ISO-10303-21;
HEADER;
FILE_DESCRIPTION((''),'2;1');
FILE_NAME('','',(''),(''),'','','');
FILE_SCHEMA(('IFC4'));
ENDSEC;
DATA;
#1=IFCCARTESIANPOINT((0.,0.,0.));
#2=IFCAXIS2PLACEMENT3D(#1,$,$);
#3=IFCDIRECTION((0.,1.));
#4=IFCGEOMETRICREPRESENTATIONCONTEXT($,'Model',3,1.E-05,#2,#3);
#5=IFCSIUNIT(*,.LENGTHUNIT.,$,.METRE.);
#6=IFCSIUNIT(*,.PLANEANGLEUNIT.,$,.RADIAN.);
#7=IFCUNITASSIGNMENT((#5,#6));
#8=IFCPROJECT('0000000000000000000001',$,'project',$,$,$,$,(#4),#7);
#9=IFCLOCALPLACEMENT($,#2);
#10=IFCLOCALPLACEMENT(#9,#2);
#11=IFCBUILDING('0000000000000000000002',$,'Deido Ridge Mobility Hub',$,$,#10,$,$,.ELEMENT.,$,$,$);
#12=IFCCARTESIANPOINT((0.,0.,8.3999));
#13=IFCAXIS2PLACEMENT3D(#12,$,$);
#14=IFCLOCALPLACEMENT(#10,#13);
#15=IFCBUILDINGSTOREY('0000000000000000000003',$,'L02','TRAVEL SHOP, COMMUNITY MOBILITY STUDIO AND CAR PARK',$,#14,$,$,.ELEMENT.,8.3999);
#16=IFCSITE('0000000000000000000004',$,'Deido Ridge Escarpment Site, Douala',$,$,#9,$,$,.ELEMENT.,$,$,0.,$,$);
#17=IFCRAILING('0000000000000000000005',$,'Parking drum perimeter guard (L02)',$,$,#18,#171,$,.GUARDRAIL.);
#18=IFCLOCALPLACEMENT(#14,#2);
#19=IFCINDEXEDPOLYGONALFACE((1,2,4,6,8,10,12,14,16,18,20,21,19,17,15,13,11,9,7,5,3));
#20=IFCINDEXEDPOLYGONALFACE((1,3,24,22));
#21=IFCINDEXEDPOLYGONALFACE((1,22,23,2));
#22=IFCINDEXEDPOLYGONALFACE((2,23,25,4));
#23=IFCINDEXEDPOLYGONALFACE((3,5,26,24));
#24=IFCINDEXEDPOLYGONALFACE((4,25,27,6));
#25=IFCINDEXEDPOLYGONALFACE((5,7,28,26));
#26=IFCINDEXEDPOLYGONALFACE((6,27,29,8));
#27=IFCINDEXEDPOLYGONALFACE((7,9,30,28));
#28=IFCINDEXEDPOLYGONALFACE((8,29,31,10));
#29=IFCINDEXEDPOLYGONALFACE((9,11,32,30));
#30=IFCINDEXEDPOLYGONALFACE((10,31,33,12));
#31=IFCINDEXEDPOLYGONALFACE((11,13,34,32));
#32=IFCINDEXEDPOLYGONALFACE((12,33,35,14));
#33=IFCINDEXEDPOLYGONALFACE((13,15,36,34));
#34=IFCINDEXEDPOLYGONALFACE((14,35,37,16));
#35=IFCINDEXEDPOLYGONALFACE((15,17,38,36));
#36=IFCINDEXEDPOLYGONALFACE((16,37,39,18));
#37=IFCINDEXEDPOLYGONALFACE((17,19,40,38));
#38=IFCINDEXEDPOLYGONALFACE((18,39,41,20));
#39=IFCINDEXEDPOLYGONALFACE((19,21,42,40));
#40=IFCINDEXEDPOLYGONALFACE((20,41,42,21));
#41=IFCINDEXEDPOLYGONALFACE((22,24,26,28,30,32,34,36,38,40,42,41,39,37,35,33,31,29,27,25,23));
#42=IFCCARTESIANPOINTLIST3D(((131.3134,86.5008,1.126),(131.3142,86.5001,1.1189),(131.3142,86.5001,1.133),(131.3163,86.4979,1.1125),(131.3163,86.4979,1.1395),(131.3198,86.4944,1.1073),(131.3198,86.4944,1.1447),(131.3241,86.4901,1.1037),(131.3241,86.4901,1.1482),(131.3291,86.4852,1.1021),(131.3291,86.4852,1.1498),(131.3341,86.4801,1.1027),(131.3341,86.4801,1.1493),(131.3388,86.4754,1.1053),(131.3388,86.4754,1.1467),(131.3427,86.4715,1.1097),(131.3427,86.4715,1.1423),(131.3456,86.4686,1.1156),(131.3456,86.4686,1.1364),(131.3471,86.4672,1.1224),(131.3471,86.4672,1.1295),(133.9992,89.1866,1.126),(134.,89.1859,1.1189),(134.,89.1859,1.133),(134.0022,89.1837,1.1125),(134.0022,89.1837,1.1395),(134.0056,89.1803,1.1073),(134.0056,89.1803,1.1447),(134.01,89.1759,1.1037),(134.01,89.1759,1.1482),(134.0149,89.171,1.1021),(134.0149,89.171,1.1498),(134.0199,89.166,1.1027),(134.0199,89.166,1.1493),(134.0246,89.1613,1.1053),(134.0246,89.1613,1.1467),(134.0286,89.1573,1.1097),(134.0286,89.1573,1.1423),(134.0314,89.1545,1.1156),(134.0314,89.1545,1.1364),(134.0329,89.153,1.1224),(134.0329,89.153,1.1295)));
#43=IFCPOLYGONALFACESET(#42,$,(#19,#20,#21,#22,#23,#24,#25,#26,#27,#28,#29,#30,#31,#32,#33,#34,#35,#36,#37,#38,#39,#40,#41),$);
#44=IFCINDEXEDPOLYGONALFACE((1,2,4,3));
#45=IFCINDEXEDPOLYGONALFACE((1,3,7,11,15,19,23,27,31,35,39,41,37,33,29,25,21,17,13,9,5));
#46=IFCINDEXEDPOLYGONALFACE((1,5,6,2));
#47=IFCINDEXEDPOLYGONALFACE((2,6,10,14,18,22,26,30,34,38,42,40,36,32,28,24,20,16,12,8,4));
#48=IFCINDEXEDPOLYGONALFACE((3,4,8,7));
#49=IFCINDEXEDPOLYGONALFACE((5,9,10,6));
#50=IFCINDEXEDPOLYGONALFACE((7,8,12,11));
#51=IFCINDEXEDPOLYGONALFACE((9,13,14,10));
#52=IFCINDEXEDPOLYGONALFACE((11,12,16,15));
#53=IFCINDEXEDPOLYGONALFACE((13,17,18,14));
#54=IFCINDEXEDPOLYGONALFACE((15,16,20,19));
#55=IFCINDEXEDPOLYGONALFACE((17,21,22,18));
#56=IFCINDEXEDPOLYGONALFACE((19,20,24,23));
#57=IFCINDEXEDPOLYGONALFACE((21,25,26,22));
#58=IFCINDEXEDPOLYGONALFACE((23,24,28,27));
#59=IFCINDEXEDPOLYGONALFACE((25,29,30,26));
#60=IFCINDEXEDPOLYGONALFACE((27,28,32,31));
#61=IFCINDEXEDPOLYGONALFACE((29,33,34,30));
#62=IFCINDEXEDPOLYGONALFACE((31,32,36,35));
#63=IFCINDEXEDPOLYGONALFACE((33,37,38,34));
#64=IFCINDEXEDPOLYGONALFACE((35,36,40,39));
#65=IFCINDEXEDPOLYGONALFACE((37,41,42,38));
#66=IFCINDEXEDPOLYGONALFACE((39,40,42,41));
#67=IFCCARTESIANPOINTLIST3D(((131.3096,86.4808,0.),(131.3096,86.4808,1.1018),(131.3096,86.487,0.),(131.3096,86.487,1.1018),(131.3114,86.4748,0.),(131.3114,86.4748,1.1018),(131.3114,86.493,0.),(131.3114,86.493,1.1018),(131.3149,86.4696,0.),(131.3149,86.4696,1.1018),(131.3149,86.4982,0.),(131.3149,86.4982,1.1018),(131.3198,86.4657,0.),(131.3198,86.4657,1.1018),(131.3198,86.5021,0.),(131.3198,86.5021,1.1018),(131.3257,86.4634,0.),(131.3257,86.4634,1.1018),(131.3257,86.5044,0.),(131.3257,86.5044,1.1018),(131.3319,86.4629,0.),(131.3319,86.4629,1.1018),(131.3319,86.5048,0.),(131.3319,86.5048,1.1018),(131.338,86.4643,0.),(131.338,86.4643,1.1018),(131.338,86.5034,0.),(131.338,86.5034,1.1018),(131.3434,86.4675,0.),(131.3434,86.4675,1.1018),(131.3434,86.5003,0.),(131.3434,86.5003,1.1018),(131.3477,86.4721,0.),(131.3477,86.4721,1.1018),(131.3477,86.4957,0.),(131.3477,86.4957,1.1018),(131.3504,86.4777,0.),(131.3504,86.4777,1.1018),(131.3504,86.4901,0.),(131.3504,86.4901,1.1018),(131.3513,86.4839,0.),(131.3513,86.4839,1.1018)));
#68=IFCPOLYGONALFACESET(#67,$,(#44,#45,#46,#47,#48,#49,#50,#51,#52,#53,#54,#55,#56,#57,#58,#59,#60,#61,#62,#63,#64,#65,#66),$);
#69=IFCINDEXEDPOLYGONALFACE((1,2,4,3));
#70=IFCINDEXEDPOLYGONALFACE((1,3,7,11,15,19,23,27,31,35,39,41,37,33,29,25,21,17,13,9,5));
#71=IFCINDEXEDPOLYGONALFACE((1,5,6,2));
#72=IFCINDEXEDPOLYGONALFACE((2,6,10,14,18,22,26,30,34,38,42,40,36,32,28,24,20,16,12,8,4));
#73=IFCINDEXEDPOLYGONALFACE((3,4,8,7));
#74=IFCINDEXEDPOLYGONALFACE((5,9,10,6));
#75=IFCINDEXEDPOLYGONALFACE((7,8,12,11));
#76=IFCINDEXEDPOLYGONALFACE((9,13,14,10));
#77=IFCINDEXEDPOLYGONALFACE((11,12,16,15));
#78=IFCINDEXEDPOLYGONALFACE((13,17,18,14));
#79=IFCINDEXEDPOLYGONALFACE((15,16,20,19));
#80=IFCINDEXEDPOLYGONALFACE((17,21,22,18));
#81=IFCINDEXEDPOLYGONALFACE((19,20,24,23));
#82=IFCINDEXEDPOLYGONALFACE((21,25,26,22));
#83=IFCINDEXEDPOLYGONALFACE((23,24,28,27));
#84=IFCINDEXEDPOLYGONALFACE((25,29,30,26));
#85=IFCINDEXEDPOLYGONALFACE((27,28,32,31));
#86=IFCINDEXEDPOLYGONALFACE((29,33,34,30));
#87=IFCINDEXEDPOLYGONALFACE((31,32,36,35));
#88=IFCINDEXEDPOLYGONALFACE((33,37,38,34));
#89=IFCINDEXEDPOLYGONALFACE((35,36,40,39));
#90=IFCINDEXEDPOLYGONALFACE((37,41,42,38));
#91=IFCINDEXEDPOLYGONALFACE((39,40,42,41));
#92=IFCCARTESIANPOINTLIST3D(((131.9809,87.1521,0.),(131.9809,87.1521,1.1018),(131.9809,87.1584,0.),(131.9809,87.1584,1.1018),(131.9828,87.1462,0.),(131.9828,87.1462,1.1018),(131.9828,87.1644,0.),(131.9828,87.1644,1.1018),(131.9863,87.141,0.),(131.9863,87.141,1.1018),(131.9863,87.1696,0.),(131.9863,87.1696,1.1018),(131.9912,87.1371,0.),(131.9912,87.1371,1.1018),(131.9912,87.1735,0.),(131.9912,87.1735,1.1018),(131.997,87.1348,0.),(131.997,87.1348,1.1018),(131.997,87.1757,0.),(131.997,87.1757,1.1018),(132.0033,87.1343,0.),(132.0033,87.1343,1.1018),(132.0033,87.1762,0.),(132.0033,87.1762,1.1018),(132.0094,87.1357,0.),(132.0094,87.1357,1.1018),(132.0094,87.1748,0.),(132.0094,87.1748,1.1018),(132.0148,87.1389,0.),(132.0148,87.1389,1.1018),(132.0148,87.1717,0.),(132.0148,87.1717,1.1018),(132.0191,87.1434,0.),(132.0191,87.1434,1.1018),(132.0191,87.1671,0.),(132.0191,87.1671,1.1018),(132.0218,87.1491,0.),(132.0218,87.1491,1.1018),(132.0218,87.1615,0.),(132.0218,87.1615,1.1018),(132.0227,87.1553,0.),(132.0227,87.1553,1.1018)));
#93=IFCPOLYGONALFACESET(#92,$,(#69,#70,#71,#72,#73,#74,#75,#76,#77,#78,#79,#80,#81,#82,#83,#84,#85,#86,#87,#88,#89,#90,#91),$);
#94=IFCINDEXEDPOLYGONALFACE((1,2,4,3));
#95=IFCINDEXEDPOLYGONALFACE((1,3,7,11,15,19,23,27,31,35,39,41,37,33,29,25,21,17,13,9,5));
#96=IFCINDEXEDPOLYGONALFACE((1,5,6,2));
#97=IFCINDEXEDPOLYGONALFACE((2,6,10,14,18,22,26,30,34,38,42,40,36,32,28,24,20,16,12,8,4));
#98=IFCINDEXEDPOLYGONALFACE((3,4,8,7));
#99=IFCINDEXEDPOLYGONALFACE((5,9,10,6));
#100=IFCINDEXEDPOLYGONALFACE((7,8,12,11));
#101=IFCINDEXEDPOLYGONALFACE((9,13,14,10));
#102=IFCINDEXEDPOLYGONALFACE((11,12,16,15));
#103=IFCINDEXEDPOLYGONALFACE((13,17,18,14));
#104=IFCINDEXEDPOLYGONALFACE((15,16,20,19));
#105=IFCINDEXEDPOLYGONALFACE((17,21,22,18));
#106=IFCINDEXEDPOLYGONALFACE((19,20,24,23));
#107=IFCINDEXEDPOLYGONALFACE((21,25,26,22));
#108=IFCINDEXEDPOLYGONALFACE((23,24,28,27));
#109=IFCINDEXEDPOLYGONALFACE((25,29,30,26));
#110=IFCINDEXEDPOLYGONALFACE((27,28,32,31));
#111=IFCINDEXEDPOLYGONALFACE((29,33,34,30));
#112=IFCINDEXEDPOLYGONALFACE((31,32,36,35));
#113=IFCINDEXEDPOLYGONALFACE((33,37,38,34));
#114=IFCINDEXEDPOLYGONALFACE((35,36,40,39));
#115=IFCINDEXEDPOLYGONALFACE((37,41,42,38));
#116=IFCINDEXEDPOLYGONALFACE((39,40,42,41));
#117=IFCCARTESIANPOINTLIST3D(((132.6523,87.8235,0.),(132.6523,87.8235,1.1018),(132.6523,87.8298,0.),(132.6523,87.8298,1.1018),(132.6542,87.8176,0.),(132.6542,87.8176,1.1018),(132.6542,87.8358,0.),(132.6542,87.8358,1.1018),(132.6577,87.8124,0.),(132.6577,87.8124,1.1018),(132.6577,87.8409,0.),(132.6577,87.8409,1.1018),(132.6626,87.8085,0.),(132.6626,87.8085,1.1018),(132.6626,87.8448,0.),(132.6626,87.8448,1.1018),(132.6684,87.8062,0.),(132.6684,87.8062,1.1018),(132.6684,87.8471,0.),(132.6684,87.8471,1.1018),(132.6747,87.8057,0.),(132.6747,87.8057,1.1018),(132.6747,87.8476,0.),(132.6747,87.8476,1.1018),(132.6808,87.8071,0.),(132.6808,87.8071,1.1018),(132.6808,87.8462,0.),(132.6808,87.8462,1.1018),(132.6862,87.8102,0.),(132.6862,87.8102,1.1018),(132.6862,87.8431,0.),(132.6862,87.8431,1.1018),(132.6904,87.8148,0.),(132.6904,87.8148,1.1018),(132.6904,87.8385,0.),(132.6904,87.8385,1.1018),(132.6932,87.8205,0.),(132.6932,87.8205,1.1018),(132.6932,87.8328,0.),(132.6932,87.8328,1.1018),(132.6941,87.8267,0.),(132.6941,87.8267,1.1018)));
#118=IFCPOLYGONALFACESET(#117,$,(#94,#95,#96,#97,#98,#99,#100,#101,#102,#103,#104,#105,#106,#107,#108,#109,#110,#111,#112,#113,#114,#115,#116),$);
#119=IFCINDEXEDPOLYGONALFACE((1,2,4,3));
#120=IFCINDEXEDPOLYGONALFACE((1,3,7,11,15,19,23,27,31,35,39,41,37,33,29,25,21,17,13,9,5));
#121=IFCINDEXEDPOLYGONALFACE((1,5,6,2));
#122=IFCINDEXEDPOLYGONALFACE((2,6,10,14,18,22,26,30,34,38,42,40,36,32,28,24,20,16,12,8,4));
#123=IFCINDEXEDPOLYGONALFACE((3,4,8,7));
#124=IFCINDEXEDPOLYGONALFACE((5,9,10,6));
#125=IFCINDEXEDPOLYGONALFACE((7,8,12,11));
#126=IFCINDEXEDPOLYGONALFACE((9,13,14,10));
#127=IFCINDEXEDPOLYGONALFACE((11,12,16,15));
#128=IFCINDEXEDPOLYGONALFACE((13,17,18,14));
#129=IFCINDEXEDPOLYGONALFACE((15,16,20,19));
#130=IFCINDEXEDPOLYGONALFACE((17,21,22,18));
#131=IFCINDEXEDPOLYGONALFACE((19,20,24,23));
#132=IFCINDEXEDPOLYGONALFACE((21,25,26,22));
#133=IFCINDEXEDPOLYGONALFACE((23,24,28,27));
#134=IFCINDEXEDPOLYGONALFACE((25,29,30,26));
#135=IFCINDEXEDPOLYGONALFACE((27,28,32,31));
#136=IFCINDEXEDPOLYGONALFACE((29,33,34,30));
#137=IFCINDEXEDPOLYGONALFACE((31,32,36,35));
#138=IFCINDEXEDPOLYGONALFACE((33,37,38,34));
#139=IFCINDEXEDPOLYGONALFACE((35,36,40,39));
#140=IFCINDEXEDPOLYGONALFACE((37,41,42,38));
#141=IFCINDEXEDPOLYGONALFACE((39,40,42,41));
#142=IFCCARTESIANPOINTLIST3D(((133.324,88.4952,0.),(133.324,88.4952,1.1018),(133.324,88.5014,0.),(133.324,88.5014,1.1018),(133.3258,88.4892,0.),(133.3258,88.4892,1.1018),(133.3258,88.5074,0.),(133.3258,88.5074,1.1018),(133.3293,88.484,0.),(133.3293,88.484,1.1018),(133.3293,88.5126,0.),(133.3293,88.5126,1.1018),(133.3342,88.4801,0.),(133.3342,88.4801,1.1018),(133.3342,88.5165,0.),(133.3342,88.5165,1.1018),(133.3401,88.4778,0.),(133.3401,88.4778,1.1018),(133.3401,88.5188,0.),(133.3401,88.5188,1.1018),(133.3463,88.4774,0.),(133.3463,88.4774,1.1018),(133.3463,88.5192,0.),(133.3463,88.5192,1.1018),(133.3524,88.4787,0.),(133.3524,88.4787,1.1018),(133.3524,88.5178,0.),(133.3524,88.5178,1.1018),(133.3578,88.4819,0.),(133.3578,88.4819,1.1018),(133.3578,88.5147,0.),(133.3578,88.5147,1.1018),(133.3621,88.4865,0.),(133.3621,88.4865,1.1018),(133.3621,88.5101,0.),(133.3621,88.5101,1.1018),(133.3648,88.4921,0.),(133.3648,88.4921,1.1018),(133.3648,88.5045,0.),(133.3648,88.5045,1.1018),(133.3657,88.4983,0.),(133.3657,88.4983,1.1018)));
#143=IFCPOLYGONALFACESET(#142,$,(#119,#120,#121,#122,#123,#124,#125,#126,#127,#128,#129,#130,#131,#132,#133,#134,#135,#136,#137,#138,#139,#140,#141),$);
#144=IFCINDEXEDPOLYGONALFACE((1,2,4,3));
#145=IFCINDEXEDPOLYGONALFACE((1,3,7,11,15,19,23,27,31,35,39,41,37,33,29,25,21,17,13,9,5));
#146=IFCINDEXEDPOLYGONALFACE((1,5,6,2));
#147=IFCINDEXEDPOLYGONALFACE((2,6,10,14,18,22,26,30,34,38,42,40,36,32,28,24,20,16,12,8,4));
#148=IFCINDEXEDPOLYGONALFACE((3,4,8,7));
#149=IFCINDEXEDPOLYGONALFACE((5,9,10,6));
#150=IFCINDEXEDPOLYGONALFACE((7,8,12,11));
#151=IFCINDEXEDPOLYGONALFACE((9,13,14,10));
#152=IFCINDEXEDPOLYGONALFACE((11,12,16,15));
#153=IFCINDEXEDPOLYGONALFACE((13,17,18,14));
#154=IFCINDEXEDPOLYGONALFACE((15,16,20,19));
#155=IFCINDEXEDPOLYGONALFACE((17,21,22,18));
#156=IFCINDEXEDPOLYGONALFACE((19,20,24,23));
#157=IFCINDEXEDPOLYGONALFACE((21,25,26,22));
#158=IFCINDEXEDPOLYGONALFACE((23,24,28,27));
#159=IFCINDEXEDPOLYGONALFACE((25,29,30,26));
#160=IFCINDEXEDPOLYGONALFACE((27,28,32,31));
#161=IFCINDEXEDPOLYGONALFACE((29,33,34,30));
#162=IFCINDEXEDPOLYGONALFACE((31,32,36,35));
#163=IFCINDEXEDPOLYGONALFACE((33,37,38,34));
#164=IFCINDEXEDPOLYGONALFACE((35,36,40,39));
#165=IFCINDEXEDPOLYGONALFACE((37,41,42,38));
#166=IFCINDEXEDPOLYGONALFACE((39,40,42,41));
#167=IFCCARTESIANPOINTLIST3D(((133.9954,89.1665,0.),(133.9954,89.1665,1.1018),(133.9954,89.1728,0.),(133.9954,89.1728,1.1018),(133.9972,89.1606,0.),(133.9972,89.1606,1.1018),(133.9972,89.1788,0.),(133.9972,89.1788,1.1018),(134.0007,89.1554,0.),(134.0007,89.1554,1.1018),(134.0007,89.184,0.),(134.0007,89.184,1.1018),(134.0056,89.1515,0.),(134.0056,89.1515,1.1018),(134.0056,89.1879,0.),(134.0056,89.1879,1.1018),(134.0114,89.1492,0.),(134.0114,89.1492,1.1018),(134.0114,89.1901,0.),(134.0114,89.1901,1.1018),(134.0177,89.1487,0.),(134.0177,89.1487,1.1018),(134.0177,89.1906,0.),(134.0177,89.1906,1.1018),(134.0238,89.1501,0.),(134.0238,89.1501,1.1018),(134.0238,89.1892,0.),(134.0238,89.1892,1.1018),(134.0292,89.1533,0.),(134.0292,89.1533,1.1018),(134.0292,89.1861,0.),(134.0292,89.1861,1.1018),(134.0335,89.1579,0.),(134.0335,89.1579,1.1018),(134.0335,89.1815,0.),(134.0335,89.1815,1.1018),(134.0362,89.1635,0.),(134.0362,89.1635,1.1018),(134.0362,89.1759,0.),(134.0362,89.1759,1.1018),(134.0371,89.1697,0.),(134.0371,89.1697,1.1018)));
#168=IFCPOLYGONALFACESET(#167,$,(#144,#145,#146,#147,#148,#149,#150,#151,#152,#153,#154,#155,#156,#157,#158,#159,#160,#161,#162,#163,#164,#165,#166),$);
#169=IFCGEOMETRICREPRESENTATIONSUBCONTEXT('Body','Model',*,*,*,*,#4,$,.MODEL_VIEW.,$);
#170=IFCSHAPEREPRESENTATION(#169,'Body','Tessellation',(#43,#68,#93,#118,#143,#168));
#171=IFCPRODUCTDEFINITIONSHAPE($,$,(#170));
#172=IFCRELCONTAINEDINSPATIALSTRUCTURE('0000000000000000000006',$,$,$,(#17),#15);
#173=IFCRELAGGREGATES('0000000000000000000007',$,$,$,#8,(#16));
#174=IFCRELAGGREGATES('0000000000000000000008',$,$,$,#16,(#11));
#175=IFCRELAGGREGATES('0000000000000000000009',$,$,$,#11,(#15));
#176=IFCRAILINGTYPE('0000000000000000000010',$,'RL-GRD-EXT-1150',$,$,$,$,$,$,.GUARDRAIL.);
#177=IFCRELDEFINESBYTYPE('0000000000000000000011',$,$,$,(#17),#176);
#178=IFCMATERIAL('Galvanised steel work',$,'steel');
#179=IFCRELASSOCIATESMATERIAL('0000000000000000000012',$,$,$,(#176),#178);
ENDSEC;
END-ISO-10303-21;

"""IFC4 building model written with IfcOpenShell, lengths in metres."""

from ifc_helpers import new_model, si_unit, direction, frame, origin, origin_2d, place, context, subcontext, project, spatial, circle, extrude, material, type_object, element, save


model = new_model("IFC4")

# Units and contexts
model_context = context("Model", 3, precision=1e-05, world=origin(), true_north=direction((0.0, 1.0)))
body_context = subcontext(model_context, "Body", "Model", "MODEL_VIEW")
ifc_project = project(units=[si_unit("LENGTHUNIT", "METRE"), si_unit("PLANEANGLEUNIT", "RADIAN")], contexts=[model_context])

# Site, building, storey
site_placement = place(None, origin())
site = spatial("IfcSite", under=ifc_project, at=site_placement, Name="Deido Ridge Escarpment Site, Douala", CompositionType="ELEMENT", RefElevation=0.0)
building_placement = place(site_placement, origin())
building = spatial("IfcBuilding", under=site, at=building_placement, Name="Deido Ridge Mobility Hub", CompositionType="ELEMENT")
storey_placement = place(building_placement, frame((0.0, 0.0, 8.3999)))
storey = spatial("IfcBuildingStorey", under=building, at=storey_placement, Name="L02", Description="TRAVEL SHOP, COMMUNITY MOBILITY STUDIO AND CAR PARK", CompositionType="ELEMENT", Elevation=8.3999)

# Railing
ifc_material_1 = material(Name="Galvanised steel work", Category="steel")
railing_type = type_object("IfcRailingType", Name="RL-GRD-EXT-1150", PredefinedType="GUARDRAIL", material=ifc_material_1)
railing_1_placement = place(storey_placement, frame((131.3303, 86.4839, 0.0)))
element("IfcRailing", 1, at=railing_1_placement, inside=storey, type_object=railing_type, Name="Parking drum perimeter guard (L02)", PredefinedType="GUARDRAIL", context=body_context, shape_type="SweptSolid", body=[
    extrude(circle(Radius=0.0239, at=origin_2d()), frame((0.0, 0.0, 1.126), z_axis=(0.707107, 0.707107, 0.0), x_axis=(-0.707107, 0.707107, 0.0)), (0.0, 0.0, 1.0), 3.7983),
    extrude(circle(Radius=0.021, at=origin_2d()), origin(), (0.0, 0.0, 1.0), 1.1018),
    extrude(circle(Radius=0.021, at=origin_2d()), frame((0.6714, 0.6714, 0.0)), (0.0, 0.0, 1.0), 1.1018),
    extrude(circle(Radius=0.021, at=origin_2d()), frame((1.3428, 1.3428, 0.0)), (0.0, 0.0, 1.0), 1.1018),
    extrude(circle(Radius=0.021, at=origin_2d()), frame((2.0144, 2.0144, 0.0)), (0.0, 0.0, 1.0), 1.1018),
    extrude(circle(Radius=0.021, at=origin_2d()), frame((2.6858, 2.6858, 0.0)), (0.0, 0.0, 1.0), 1.1018),
])

save(model, "model.ifc")
